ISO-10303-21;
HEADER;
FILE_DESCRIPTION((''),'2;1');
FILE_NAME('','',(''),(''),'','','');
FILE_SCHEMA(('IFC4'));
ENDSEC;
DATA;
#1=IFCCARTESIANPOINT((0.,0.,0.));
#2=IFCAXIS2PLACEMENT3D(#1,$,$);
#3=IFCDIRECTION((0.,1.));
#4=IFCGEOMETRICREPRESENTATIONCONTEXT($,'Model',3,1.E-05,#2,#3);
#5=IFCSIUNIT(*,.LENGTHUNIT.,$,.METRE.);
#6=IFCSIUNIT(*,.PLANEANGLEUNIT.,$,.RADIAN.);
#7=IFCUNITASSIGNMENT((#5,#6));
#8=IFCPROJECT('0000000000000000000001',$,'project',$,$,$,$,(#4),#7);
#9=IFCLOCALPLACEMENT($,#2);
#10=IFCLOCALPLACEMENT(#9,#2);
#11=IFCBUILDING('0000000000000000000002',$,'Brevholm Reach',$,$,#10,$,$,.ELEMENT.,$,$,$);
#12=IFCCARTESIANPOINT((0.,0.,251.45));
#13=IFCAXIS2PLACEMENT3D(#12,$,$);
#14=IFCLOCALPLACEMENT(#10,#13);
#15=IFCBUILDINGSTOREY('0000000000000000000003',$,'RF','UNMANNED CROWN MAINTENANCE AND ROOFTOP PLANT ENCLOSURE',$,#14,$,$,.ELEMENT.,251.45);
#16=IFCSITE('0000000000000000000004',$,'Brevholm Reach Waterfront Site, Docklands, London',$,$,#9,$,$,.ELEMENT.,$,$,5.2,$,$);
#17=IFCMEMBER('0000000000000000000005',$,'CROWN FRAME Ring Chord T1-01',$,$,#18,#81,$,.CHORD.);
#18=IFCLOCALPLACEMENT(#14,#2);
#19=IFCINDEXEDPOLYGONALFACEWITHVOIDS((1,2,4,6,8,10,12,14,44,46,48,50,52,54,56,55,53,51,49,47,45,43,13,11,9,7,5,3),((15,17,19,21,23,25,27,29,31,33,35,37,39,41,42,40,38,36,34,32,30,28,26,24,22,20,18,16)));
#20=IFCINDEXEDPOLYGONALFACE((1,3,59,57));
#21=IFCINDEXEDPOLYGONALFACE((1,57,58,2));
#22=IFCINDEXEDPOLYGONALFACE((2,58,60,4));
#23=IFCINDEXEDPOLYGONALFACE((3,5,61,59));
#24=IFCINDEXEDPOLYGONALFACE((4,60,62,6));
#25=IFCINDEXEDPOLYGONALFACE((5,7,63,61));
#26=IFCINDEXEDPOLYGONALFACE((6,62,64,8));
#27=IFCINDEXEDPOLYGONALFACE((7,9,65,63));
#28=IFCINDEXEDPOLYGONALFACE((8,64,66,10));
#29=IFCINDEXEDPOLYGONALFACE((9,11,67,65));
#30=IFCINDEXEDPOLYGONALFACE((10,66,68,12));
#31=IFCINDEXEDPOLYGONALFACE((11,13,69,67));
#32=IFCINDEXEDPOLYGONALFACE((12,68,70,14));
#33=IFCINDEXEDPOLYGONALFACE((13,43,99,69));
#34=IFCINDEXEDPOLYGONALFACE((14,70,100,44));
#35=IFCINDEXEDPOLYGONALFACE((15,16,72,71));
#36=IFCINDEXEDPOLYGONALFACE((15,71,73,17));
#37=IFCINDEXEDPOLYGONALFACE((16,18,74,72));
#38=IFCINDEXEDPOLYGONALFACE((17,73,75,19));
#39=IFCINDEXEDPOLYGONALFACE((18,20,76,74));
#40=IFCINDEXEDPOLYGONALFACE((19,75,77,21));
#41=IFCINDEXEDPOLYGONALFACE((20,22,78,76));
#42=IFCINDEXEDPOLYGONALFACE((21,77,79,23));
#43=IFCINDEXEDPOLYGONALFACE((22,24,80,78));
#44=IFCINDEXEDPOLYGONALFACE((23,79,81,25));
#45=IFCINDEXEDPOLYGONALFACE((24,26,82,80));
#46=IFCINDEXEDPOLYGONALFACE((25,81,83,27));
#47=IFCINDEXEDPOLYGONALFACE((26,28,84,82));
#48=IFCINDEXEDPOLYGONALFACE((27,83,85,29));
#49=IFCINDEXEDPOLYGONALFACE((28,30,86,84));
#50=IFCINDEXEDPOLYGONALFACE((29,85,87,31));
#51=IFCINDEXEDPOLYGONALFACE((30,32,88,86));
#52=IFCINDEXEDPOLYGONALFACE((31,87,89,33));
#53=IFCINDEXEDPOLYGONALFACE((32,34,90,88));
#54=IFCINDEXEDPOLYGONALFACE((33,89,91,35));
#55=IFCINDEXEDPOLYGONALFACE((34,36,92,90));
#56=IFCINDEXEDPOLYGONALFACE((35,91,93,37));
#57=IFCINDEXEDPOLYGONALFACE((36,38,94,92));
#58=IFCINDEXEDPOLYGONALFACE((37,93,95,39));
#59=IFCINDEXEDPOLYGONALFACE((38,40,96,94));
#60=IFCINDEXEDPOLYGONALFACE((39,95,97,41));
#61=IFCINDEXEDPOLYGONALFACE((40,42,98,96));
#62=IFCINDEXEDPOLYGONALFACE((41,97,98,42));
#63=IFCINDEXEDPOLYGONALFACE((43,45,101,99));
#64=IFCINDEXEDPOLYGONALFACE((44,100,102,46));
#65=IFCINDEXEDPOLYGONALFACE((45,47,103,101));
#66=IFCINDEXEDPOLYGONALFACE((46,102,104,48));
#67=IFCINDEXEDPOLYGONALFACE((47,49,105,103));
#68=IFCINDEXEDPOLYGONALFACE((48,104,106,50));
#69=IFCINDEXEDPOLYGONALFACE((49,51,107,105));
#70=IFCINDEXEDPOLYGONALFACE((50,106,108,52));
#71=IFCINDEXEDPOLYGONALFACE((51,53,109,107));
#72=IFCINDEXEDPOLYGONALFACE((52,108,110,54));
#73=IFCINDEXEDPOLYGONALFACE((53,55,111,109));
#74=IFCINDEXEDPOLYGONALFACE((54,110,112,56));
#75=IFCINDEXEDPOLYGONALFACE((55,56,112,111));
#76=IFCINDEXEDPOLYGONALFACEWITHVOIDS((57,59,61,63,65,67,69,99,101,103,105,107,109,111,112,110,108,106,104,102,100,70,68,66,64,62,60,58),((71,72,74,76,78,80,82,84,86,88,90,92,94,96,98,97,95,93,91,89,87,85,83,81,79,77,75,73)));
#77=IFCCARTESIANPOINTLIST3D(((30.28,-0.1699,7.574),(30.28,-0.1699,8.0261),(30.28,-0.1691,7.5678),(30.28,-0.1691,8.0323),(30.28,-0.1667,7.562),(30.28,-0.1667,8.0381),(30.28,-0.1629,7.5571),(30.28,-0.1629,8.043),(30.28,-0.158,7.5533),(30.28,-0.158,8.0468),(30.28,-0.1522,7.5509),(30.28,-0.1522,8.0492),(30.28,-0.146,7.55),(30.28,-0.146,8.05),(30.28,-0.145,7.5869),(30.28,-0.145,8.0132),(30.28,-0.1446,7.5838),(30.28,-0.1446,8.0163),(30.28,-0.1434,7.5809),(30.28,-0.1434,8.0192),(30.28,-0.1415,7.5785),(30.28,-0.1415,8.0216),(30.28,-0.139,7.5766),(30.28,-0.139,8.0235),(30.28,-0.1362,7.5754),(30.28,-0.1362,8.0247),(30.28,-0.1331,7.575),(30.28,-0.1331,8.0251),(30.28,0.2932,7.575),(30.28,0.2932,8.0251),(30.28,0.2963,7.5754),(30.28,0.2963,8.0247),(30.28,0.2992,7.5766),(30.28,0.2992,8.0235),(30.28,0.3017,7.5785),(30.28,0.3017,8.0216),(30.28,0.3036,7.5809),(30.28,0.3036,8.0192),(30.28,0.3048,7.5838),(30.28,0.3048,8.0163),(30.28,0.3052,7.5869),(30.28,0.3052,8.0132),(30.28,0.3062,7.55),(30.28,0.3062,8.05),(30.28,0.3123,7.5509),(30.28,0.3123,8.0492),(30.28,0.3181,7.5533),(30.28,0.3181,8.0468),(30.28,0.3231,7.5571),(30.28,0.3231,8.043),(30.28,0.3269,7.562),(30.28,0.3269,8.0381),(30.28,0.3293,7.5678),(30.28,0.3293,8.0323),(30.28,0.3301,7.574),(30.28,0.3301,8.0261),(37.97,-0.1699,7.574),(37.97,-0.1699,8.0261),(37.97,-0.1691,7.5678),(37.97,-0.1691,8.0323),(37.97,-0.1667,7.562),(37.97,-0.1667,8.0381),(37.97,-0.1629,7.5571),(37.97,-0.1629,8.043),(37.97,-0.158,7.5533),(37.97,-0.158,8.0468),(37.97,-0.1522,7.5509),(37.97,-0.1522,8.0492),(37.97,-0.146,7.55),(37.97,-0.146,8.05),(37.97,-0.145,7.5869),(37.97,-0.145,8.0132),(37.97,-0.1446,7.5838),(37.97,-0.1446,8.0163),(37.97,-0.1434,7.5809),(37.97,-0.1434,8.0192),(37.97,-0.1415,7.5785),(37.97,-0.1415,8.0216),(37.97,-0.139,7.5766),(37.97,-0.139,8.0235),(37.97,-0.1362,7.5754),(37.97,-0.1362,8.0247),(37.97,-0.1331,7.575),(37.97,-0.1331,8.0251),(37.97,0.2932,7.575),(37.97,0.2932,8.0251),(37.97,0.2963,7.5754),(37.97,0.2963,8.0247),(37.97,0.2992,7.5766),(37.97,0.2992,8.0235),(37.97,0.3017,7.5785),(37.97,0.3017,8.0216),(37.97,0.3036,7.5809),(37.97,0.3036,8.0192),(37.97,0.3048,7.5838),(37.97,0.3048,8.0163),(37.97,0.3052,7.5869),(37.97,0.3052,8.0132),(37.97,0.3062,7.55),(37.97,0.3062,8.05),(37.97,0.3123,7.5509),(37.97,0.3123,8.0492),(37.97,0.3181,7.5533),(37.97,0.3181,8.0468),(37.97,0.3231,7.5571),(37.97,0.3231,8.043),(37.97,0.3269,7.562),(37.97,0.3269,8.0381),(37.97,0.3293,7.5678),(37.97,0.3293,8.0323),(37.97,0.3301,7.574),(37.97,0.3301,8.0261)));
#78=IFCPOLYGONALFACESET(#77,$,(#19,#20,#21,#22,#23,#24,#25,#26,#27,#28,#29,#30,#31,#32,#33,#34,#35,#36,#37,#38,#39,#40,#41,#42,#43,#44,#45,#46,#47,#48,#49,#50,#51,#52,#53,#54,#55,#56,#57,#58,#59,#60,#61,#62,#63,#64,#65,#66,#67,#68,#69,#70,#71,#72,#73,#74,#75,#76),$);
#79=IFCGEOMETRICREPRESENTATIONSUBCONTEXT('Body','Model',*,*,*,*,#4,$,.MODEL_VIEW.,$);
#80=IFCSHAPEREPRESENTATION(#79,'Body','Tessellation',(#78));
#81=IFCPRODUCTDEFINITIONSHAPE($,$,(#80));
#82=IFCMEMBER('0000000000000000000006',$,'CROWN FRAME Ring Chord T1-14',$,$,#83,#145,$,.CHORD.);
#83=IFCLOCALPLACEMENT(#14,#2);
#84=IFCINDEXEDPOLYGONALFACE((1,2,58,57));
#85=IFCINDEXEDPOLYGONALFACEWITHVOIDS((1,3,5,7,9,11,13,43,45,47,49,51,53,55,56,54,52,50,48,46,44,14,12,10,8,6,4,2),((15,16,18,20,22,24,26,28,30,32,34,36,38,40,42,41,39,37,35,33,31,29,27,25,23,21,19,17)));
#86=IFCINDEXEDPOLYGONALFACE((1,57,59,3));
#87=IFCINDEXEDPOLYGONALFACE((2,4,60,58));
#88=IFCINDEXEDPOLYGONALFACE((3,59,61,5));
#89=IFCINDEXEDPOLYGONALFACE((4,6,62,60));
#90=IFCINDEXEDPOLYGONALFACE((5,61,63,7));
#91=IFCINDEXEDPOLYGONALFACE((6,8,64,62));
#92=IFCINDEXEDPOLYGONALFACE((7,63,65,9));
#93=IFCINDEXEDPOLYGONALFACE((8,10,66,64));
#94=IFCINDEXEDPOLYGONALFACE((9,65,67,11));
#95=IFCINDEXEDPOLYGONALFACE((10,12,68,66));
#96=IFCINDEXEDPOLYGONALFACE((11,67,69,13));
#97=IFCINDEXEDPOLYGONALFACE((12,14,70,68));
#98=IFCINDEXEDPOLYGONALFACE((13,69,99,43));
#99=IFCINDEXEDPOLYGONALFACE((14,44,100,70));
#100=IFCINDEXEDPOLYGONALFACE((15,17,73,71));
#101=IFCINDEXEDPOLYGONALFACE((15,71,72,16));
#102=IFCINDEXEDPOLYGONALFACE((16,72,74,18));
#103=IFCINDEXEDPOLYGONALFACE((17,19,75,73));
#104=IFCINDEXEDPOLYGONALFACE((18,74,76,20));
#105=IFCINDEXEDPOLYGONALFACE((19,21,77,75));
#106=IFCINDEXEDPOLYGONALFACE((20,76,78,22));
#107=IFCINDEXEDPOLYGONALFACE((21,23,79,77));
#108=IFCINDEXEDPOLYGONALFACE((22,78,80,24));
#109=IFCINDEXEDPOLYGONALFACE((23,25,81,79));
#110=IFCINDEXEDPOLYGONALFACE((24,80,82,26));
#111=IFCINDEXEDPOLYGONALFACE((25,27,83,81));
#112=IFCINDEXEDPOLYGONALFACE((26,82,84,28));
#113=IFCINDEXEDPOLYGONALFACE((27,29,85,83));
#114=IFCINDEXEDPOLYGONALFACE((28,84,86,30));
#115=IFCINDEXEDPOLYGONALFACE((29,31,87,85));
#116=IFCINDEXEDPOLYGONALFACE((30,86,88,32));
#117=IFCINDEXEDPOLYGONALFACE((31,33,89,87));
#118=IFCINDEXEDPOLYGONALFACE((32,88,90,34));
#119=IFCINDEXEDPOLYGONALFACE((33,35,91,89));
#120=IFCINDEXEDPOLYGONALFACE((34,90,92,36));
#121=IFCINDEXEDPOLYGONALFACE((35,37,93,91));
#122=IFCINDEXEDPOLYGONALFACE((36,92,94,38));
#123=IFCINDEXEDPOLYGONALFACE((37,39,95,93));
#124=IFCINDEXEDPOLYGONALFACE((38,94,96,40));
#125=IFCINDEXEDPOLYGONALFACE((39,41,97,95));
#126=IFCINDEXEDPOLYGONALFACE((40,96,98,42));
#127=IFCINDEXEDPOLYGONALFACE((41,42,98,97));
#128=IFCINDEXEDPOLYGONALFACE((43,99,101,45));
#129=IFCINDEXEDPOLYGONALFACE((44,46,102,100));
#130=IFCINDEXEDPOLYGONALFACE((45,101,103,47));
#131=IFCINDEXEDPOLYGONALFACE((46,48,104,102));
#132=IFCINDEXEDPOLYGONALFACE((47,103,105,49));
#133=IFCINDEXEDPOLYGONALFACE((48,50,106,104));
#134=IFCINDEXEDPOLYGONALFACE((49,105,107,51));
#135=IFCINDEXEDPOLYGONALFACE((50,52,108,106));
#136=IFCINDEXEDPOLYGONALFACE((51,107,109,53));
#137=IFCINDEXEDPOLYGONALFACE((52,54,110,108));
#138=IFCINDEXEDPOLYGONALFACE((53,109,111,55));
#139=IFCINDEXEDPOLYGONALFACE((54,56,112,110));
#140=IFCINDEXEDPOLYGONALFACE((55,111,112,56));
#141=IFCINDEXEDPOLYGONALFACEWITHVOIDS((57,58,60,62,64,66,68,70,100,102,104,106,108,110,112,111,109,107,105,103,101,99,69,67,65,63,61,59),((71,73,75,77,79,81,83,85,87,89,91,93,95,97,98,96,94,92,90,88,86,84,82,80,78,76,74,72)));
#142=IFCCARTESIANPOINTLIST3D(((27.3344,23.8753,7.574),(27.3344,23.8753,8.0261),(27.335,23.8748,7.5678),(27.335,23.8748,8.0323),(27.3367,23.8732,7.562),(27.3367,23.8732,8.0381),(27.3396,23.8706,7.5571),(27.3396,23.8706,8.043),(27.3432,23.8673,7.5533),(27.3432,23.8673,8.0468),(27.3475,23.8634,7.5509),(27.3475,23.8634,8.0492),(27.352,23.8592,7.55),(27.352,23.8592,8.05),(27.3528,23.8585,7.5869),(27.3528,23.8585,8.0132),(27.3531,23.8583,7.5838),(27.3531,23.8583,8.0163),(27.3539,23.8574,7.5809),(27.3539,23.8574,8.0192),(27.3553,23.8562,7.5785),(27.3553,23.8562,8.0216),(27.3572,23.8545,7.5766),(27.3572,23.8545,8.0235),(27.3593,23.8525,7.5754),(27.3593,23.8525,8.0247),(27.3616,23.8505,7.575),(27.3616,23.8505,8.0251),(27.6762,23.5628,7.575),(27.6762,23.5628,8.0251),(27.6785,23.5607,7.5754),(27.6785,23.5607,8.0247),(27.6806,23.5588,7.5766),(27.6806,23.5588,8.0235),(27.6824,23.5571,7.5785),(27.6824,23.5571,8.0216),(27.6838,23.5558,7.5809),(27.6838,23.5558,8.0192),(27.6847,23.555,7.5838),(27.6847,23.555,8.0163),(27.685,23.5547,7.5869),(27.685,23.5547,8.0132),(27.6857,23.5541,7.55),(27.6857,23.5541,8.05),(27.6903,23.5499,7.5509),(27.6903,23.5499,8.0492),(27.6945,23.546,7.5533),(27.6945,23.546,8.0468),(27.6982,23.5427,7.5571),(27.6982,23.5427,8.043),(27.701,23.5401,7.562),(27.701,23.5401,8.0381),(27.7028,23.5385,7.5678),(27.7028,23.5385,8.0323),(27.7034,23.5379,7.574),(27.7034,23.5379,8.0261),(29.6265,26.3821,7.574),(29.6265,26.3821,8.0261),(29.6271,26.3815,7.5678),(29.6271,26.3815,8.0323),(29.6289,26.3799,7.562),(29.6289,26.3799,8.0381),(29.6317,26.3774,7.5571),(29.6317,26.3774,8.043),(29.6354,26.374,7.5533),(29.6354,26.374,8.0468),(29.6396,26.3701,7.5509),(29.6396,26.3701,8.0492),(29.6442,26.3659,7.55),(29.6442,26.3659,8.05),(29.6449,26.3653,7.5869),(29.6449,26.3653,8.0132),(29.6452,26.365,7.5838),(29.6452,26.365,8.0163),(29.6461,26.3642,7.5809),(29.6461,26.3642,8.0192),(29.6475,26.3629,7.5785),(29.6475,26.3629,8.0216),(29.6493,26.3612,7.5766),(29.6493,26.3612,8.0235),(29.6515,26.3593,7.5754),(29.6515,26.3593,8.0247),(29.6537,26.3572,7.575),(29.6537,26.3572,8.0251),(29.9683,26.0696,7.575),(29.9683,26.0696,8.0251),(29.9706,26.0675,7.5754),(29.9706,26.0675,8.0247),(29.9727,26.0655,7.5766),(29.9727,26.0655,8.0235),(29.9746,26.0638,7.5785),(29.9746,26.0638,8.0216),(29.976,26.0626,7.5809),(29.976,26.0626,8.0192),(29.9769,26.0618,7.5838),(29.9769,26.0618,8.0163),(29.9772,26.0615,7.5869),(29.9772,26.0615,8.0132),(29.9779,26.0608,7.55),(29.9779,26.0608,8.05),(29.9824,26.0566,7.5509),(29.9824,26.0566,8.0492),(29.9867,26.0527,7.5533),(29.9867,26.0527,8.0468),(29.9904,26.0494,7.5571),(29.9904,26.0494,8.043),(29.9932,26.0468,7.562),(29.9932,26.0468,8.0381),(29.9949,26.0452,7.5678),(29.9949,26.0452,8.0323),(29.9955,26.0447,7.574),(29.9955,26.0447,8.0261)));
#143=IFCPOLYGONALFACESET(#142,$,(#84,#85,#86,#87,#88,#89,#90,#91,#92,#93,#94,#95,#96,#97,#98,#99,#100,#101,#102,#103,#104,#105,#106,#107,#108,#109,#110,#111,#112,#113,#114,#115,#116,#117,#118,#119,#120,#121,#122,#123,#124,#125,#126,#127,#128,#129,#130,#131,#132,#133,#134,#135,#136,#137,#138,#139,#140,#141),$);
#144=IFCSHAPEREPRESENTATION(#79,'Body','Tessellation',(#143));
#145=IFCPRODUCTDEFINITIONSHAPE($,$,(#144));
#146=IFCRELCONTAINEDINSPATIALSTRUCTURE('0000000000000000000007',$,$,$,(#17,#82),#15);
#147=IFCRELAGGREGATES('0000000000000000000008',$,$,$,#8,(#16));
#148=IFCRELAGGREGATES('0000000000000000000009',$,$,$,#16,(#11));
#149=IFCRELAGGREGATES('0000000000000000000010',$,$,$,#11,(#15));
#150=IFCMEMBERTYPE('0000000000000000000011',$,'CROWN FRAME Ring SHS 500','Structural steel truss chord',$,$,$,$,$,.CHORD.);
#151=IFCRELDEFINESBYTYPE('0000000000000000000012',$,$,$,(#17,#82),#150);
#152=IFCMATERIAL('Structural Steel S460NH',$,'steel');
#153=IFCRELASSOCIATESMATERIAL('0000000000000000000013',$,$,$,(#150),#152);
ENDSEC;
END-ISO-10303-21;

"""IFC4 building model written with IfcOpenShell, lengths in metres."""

from ifc_helpers import new_model, si_unit, direction, frame, origin, origin_2d, place, context, subcontext, project, spatial, hollow_rectangle, extrude, material, material_profile, profile_set, type_object, element, save


model = new_model("IFC4")

# Units and contexts
model_context = context("Model", 3, precision=1e-05, world=origin(), true_north=direction((0.0, 1.0)))
body_context = subcontext(model_context, "Body", "Model", "MODEL_VIEW")
ifc_project = project(units=[si_unit("LENGTHUNIT", "METRE"), si_unit("PLANEANGLEUNIT", "RADIAN")], contexts=[model_context])

# Site, building, storey
site_placement = place(None, origin())
site = spatial("IfcSite", under=ifc_project, at=site_placement, Name="Brevholm Reach Waterfront Site, Docklands, London", CompositionType="ELEMENT", RefElevation=5.2)
building_placement = place(site_placement, origin())
building = spatial("IfcBuilding", under=site, at=building_placement, Name="Brevholm Reach", CompositionType="ELEMENT")
storey_placement = place(building_placement, frame((0.0, 0.0, 251.45)))
storey = spatial("IfcBuildingStorey", under=building, at=storey_placement, Name="RF", Description="UNMANNED CROWN MAINTENANCE AND ROOFTOP PLANT ENCLOSURE", CompositionType="ELEMENT", Elevation=251.45)

# Members
ifc_material_1 = material(Name="Structural Steel S460NH", Category="steel")
ifc_material_profile_1 = material_profile(ifc_material_1, hollow_rectangle(XDim=0.5, YDim=0.5, WallThickness=0.0249, InnerFilletRadius=0.012, OuterFilletRadius=0.0239, at=origin_2d()), Name="SHS 500x500x25")
ifc_profile_set_1 = profile_set([ifc_material_profile_1], Name="Structural Steel S460NH")
member_type_1 = type_object("IfcMemberType", Name="CROWN FRAME Ring SHS 500", Description="Structural steel truss chord", PredefinedType="CHORD", material=ifc_profile_set_1)
member_1_placement = place(storey_placement, frame((30.28, 0.0801, 7.8), z_axis=(1.0, 0.0, 0.0), x_axis=(0.0, 1.0, 0.0)))
element("IfcMember", 1, at=member_1_placement, inside=storey, type_object=member_type_1, Name="CROWN FRAME Ring Chord T1-01", PredefinedType="CHORD", context=body_context, shape_type="SweptSolid", body=[
    extrude(hollow_rectangle(XDim=0.5, YDim=0.5, WallThickness=0.0249, InnerFilletRadius=0.012, OuterFilletRadius=0.0239, at=origin_2d()), origin(), (0.0, 0.0, 1.0), 7.6899),
])
member_2_placement = place(storey_placement, frame((29.811, 26.2134, 7.8), z_axis=(-0.674813, -0.737989, 0.0), x_axis=(0.737989, -0.674813, 0.0)))
element("IfcMember", 2, at=member_2_placement, inside=storey, type_object=member_type_1, Name="CROWN FRAME Ring Chord T1-14", PredefinedType="CHORD", context=body_context, shape_type="SweptSolid", body=[
    extrude(hollow_rectangle(XDim=0.5, YDim=0.5, WallThickness=0.0249, InnerFilletRadius=0.012, OuterFilletRadius=0.0239, at=origin_2d()), origin(), (0.0, 0.0, 1.0), 3.3967),
])

save(model, "model.ifc")
